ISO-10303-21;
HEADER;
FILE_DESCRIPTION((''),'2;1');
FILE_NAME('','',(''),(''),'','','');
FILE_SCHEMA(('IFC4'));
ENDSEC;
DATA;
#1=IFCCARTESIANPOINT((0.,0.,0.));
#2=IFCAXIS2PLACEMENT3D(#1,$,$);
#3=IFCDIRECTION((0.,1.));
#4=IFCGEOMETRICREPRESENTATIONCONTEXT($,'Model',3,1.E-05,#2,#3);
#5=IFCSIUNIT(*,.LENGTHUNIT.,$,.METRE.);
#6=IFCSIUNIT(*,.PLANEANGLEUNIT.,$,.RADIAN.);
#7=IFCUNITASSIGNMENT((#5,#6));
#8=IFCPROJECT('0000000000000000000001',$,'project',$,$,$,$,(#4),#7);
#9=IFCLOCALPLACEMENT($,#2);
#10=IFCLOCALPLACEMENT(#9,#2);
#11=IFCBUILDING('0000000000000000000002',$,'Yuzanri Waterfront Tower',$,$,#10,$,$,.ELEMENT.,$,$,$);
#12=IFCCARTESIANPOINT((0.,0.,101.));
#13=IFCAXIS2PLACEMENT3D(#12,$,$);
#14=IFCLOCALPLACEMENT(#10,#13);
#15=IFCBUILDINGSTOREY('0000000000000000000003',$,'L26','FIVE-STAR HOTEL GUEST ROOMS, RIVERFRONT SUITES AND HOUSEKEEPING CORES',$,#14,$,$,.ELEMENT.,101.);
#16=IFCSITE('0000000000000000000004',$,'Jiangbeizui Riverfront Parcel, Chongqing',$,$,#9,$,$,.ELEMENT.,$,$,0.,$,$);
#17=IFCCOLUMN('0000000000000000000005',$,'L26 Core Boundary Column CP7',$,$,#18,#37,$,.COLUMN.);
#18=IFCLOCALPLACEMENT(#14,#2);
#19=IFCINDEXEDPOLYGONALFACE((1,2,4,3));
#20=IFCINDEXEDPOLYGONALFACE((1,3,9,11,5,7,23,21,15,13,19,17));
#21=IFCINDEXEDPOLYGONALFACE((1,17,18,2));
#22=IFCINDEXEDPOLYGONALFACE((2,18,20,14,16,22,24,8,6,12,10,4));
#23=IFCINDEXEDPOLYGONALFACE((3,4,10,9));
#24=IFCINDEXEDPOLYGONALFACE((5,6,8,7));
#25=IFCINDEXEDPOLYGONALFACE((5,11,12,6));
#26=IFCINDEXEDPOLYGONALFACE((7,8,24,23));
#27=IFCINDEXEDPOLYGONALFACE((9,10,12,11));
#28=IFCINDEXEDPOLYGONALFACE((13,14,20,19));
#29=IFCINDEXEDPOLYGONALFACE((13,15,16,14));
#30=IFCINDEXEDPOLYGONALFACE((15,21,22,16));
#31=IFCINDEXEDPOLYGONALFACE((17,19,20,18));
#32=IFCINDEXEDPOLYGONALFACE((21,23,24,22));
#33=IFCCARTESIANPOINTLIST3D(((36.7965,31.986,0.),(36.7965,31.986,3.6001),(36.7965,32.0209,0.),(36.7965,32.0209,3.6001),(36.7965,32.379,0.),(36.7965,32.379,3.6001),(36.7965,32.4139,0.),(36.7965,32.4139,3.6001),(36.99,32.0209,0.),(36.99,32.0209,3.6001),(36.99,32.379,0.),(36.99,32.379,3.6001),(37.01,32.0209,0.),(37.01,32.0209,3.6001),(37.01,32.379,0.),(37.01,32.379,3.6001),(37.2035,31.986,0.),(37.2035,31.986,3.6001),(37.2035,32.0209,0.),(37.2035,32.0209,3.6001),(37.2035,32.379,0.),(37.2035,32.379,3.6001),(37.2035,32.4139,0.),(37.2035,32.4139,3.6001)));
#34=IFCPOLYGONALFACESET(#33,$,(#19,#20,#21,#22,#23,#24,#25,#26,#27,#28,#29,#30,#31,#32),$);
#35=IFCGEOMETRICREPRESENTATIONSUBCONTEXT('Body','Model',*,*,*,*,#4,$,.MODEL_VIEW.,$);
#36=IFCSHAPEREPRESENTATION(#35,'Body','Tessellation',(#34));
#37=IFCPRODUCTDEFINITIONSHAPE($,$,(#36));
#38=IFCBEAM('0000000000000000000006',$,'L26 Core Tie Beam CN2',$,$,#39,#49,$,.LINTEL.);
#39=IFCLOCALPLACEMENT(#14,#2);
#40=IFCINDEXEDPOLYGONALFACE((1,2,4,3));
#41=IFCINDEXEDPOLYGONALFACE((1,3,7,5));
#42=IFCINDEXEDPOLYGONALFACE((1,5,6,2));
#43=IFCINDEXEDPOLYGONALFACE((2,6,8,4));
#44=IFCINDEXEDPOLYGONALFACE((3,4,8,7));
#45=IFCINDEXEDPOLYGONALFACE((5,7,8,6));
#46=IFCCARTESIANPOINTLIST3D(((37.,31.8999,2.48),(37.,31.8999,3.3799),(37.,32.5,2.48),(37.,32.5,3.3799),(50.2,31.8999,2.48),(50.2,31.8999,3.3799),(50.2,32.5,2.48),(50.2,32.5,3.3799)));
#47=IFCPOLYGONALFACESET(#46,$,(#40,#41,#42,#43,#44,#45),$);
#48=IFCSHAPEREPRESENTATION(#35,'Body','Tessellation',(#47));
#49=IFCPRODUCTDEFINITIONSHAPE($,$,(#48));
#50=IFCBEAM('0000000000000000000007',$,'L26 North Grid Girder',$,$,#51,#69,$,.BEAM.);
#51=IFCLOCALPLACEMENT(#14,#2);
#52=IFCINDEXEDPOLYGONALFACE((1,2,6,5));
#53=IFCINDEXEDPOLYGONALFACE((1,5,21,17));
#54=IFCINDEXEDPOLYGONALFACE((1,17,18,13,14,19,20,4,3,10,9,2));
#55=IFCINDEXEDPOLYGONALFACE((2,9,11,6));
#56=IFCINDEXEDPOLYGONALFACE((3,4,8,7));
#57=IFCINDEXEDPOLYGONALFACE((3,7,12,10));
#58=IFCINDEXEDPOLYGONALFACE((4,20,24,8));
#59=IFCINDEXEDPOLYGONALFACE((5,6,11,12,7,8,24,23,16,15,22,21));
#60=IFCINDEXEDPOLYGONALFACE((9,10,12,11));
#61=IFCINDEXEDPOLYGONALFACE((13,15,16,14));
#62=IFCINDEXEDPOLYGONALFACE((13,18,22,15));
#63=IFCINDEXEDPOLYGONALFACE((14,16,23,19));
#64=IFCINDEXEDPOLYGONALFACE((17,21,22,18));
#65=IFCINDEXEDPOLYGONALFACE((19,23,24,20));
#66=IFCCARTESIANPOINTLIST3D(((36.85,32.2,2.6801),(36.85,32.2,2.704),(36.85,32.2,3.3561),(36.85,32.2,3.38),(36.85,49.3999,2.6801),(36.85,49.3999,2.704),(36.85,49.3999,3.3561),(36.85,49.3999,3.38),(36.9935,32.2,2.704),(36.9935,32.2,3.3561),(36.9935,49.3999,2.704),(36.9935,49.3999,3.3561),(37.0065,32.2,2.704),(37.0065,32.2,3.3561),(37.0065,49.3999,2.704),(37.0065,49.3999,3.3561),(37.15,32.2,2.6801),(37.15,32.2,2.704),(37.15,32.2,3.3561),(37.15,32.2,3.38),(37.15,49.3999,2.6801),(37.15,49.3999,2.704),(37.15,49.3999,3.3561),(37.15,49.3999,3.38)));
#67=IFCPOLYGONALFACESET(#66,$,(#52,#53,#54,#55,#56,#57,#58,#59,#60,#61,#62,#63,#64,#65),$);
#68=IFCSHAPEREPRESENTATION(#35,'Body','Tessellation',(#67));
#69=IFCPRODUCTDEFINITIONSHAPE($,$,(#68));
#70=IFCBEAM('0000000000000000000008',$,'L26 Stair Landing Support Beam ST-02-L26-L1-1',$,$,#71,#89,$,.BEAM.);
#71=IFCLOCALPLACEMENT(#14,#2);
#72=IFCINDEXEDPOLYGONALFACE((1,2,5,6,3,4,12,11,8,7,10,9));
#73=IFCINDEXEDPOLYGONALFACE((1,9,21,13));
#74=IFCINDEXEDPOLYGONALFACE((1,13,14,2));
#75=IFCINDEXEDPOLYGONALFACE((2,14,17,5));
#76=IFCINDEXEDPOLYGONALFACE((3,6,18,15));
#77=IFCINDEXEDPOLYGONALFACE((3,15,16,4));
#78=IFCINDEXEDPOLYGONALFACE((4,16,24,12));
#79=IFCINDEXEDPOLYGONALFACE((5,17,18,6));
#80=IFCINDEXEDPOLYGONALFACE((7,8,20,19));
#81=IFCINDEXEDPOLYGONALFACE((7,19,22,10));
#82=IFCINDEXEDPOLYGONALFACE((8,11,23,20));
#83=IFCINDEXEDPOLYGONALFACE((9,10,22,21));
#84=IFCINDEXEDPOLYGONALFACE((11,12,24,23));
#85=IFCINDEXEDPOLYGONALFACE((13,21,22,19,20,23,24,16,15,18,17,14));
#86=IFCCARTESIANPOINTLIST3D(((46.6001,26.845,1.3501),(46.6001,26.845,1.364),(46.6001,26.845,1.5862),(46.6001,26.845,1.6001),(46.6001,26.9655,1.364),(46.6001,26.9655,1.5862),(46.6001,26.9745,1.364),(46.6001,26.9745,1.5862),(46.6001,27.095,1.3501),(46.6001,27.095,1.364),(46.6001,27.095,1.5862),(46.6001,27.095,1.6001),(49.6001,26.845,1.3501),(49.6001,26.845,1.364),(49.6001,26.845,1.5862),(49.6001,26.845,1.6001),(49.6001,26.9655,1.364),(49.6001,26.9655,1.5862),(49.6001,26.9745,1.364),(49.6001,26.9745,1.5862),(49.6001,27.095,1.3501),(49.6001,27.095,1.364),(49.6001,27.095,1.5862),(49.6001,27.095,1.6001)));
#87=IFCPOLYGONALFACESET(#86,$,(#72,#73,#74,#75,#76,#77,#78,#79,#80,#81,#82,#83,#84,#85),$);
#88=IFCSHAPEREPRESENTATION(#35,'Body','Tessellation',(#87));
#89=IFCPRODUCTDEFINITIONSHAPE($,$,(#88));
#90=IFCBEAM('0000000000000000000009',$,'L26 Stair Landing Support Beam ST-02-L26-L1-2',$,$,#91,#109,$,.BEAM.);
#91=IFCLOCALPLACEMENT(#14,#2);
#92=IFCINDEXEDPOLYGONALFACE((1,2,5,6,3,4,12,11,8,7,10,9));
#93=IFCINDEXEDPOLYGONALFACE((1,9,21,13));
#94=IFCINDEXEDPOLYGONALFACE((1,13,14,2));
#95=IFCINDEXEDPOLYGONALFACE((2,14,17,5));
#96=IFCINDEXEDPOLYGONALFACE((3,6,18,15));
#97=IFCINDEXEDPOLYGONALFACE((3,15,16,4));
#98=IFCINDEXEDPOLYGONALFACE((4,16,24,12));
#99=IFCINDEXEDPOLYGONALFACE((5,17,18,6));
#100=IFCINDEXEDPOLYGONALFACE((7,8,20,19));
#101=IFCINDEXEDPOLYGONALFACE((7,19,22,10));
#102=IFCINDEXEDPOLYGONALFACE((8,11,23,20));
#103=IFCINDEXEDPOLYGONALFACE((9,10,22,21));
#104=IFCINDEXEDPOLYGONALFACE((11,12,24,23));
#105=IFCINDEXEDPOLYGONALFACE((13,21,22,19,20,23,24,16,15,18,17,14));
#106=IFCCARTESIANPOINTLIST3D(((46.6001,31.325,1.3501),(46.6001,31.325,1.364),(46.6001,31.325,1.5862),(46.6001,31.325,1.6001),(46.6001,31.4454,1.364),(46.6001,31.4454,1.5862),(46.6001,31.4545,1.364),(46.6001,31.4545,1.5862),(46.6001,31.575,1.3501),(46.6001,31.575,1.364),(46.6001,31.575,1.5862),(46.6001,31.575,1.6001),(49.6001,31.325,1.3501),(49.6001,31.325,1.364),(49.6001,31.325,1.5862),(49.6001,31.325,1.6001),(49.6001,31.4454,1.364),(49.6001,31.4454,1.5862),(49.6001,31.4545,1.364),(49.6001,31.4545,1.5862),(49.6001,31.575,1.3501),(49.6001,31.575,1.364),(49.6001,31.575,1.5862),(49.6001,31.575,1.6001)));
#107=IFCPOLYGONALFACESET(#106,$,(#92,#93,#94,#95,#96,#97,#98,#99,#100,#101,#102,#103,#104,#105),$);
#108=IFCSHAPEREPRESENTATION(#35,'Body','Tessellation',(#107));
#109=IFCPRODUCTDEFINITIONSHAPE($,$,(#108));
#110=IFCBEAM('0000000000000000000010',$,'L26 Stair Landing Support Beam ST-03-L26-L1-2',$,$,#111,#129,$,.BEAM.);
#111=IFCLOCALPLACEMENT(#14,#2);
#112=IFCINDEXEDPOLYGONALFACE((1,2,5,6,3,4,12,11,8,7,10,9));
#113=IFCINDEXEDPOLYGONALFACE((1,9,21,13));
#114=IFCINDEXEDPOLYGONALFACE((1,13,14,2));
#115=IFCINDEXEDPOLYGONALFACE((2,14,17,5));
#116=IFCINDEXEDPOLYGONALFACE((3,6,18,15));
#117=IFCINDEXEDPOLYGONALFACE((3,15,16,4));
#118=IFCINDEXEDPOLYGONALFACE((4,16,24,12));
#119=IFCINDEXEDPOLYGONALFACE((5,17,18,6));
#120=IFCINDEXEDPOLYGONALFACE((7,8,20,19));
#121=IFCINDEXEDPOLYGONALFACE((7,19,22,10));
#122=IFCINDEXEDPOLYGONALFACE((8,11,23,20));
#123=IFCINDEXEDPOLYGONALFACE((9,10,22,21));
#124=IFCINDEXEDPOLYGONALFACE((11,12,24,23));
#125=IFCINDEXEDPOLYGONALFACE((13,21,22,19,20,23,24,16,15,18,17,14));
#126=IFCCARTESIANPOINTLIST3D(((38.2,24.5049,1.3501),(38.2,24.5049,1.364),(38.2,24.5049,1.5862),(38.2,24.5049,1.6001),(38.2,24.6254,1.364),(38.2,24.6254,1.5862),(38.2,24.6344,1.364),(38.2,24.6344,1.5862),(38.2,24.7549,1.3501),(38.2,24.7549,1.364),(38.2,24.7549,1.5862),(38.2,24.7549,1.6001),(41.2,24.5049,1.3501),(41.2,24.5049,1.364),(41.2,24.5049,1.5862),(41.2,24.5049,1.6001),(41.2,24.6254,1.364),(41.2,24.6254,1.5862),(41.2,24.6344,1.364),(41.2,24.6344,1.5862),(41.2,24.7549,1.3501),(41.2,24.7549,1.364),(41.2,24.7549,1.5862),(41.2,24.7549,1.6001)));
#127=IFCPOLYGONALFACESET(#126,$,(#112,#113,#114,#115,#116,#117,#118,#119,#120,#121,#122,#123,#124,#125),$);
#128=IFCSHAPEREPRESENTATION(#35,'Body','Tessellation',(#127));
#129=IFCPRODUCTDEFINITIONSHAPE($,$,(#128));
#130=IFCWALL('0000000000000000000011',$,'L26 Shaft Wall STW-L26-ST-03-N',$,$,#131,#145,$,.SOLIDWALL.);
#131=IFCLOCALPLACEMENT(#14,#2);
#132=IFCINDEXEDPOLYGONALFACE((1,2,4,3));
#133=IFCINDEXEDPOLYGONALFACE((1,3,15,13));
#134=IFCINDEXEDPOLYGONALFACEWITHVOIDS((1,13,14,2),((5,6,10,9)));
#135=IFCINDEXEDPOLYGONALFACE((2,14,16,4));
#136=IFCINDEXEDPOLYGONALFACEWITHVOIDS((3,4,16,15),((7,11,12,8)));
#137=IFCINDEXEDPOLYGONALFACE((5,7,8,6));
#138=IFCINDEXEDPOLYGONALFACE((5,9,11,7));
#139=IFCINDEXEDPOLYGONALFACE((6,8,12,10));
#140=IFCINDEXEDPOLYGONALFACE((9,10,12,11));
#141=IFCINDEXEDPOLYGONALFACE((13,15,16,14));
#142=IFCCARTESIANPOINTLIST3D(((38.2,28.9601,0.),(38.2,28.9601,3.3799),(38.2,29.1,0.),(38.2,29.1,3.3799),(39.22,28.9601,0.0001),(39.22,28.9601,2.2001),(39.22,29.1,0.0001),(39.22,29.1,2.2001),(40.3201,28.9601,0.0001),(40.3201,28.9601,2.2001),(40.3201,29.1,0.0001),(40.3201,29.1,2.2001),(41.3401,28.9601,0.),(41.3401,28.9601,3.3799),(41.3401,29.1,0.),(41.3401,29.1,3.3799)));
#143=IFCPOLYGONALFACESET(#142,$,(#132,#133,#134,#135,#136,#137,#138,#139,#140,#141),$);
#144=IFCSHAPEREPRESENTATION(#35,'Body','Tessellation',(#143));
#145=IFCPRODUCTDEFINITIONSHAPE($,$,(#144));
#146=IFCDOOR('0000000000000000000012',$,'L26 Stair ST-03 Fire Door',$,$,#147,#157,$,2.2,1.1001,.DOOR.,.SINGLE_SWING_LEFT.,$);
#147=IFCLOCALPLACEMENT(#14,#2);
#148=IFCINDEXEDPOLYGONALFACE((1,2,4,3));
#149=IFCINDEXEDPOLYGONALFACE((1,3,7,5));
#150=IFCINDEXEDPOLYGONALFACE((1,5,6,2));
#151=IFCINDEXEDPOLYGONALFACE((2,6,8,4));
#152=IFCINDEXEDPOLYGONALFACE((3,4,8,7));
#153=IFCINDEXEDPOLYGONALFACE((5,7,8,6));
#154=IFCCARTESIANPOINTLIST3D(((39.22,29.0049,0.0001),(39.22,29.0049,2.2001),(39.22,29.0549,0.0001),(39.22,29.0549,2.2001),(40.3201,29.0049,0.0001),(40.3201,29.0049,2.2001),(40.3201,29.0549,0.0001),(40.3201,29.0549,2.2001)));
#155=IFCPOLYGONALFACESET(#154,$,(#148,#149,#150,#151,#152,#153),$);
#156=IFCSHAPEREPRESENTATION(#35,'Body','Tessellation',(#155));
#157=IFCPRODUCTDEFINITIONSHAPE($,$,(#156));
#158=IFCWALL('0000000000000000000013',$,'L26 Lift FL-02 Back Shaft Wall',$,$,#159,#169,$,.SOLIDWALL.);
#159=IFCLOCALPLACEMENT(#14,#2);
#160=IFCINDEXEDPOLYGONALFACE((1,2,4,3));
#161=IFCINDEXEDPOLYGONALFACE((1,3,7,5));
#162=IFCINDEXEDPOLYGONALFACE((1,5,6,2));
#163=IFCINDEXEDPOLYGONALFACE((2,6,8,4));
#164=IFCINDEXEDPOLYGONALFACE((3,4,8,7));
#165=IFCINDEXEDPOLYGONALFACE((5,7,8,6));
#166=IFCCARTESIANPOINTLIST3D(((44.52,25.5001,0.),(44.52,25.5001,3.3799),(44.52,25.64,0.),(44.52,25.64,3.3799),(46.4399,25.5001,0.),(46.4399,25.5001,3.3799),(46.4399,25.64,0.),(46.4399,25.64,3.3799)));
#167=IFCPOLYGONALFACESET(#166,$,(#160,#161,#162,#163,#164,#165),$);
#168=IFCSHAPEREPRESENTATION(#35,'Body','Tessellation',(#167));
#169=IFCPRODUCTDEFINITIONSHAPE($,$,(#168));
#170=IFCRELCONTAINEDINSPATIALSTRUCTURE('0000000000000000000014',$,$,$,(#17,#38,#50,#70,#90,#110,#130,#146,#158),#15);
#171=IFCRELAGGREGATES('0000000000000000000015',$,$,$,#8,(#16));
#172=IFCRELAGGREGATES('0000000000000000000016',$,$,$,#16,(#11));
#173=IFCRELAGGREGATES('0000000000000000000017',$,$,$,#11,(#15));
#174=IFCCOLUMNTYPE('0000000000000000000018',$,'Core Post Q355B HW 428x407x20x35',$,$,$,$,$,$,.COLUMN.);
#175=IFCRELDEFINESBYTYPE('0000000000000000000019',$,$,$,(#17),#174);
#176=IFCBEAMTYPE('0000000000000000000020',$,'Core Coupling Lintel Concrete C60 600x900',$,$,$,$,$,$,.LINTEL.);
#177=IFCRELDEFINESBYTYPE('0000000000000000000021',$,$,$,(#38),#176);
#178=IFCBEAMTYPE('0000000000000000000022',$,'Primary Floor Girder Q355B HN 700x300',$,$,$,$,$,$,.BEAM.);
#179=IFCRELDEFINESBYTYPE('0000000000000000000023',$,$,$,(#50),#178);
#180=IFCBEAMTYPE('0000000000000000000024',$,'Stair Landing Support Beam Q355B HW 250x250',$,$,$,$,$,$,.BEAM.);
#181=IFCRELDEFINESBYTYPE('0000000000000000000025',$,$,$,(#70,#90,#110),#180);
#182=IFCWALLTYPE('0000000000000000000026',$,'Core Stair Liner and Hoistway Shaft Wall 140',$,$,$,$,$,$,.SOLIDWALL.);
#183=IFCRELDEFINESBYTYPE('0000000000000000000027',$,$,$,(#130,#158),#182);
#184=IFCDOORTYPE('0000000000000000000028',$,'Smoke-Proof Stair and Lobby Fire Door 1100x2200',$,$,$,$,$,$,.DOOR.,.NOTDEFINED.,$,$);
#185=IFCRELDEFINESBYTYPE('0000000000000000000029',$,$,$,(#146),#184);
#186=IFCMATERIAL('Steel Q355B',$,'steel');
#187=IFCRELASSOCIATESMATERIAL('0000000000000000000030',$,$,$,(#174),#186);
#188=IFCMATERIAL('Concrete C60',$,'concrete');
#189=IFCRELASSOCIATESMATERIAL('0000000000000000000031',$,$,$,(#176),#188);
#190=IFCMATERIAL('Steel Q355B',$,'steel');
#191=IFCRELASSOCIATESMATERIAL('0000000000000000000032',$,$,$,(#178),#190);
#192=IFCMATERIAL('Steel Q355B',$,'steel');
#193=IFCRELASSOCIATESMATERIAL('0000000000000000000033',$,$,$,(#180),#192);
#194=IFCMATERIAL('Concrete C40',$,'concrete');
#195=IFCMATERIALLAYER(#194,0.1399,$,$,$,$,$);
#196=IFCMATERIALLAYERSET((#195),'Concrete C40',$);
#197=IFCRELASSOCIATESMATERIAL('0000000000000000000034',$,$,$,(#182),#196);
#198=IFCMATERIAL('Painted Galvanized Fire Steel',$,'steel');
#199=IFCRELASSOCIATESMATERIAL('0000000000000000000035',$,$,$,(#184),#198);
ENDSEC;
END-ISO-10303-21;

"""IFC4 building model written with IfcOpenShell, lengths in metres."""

from ifc_helpers import new_model, si_unit, direction, frame, frame_2d, origin, origin_2d, place, context, subcontext, project, spatial, rectangle, i_section, extrude, source, transform, mapped, material, layer, layer_set, material_profile, profile_set, type_object, element, fill, save


model = new_model("IFC4")

# Units and contexts
model_context = context("Model", 3, precision=1e-05, world=origin(), true_north=direction((0.0, 1.0)))
body_context = subcontext(model_context, "Body", "Model", "MODEL_VIEW")
ifc_project = project(units=[si_unit("LENGTHUNIT", "METRE"), si_unit("PLANEANGLEUNIT", "RADIAN")], contexts=[model_context])

# Site, building, storey
site_placement = place(None, origin())
site = spatial("IfcSite", under=ifc_project, at=site_placement, Name="Jiangbeizui Riverfront Parcel, Chongqing", CompositionType="ELEMENT", RefElevation=0.0)
building_placement = place(site_placement, origin())
building = spatial("IfcBuilding", under=site, at=building_placement, Name="Yuzanri Waterfront Tower", CompositionType="ELEMENT")
storey_placement = place(building_placement, frame((0.0, 0.0, 101.0)))
storey = spatial("IfcBuildingStorey", under=building, at=storey_placement, Name="L26", Description="FIVE-STAR HOTEL GUEST ROOMS, RIVERFRONT SUITES AND HOUSEKEEPING CORES", CompositionType="ELEMENT", Elevation=101.0)

# Column
ifc_material_1 = material(Name="Steel Q355B", Category="steel")
ifc_material_profile_1 = material_profile(ifc_material_1, i_section(OverallWidth=0.407, OverallDepth=0.428, WebThickness=0.02, FlangeThickness=0.0349, at=origin_2d()), Name="HW 428x407x20x35")
ifc_profile_set_1 = profile_set([ifc_material_profile_1], Name="Steel Q355B")
column_type = type_object("IfcColumnType", Name="Core Post Q355B HW 428x407x20x35", PredefinedType="COLUMN", material=ifc_profile_set_1)
shared_shape_1 = source(origin(), body_context, "Body", "SweptSolid", [
    extrude(i_section(OverallWidth=0.407, OverallDepth=0.428, WebThickness=0.02, FlangeThickness=0.0349, at=origin_2d()), origin(), (0.0, 0.0, 1.0), 3.6001),
])
column_placement = place(storey_placement, frame((37.0, 32.2, 0.0), z_axis=(0.0, 0.0, 1.0), x_axis=(1.0, 0.0, 0.0)))
element("IfcColumn", 1, at=column_placement, inside=storey, type_object=column_type, Name="L26 Core Boundary Column CP7", PredefinedType="COLUMN", context=body_context, shape_type="MappedRepresentation", body=[
    mapped(shared_shape_1, transform((0.0, 0.0, 0.0), scale=1.0)),
])

# Beams
ifc_material_2 = material(Name="Concrete C60", Category="concrete")
ifc_material_profile_2 = material_profile(ifc_material_2, rectangle(XDim=0.6001, YDim=0.8999, at=origin_2d()), Name="RC 600x900")
ifc_profile_set_2 = profile_set([ifc_material_profile_2], Name="Concrete C60")
beam_type_1 = type_object("IfcBeamType", Name="Core Coupling Lintel Concrete C60 600x900", PredefinedType="LINTEL", material=ifc_profile_set_2)
shared_shape_2 = source(origin(), body_context, "Body", "SweptSolid", [
    extrude(rectangle(XDim=0.6001, YDim=0.8999, at=origin_2d()), origin(), (0.0, 0.0, 1.0), 13.2),
])
beam_1_placement = place(storey_placement, frame((37.0, 32.2, 2.9299), z_axis=(1.0, 0.0, 0.0), x_axis=(0.0, 1.0, 0.0)))
element("IfcBeam", 2, at=beam_1_placement, inside=storey, type_object=beam_type_1, Name="L26 Core Tie Beam CN2", PredefinedType="LINTEL", context=body_context, shape_type="MappedRepresentation", body=[
    mapped(shared_shape_2, transform((0.0, 0.0, 0.0), scale=1.0)),
])
ifc_material_3 = material(Name="Steel Q355B", Category="steel")
ifc_material_profile_3 = material_profile(ifc_material_3, i_section(OverallWidth=0.3, OverallDepth=0.7, WebThickness=0.0129, FlangeThickness=0.0239, at=origin_2d()), Name="HN 700x300x13x24")
ifc_profile_set_3 = profile_set([ifc_material_profile_3], Name="Steel Q355B")
beam_type_2 = type_object("IfcBeamType", Name="Primary Floor Girder Q355B HN 700x300", PredefinedType="BEAM", material=ifc_profile_set_3)
shared_shape_3 = source(origin(), body_context, "Body", "SweptSolid", [
    extrude(i_section(OverallWidth=0.3, OverallDepth=0.7, WebThickness=0.0129, FlangeThickness=0.0239, at=origin_2d()), origin(), (0.0, 0.0, 1.0), 17.2),
])
beam_2_placement = place(storey_placement, frame((37.0, 32.2, 3.03), z_axis=(0.0, 1.0, 0.0), x_axis=(-1.0, 0.0, 0.0)))
element("IfcBeam", 3, at=beam_2_placement, inside=storey, type_object=beam_type_2, Name="L26 North Grid Girder", PredefinedType="BEAM", context=body_context, shape_type="MappedRepresentation", body=[
    mapped(shared_shape_3, transform((0.0, 0.0, 0.0), scale=1.0)),
])
ifc_material_4 = material(Name="Steel Q355B", Category="steel")
ifc_material_profile_4 = material_profile(ifc_material_4, i_section(OverallWidth=0.25, OverallDepth=0.25, WebThickness=0.009, FlangeThickness=0.0139, at=origin_2d()), Name="HW 250x250x9x14")
ifc_profile_set_4 = profile_set([ifc_material_profile_4], Name="Steel Q355B")
beam_type_3 = type_object("IfcBeamType", Name="Stair Landing Support Beam Q355B HW 250x250", PredefinedType="BEAM", material=ifc_profile_set_4)
shared_shape_4 = source(origin(), body_context, "Body", "SweptSolid", [
    extrude(i_section(OverallWidth=0.25, OverallDepth=0.25, WebThickness=0.009, FlangeThickness=0.0139, at=origin_2d()), origin(), (0.0, 0.0, 1.0), 3.0),
])
for number, where, z_axis, x_axis, name in (
    (4, (46.6001, 26.97, 1.4751), (1.0, 0.0, 0.0), (0.0, 1.0, 0.0), "L26 Stair Landing Support Beam ST-02-L26-L1-1"),
    (5, (46.6001, 31.45, 1.4751), (1.0, 0.0, 0.0), (0.0, 1.0, 0.0), "L26 Stair Landing Support Beam ST-02-L26-L1-2"),
    (6, (38.2, 24.6299, 1.4751), (1.0, 0.0, 0.0), (0.0, 1.0, 0.0), "L26 Stair Landing Support Beam ST-03-L26-L1-2"),
):
    element("IfcBeam", number, at=place(storey_placement, frame(where, z_axis=z_axis, x_axis=x_axis)), inside=storey, type_object=beam_type_3, Name=name, PredefinedType="BEAM", context=body_context, shape_type="MappedRepresentation", body=[
        mapped(shared_shape_4, transform((0.0, 0.0, 0.0), scale=1.0)),
    ])

# Wall, opening, door
ifc_material_5 = material(Name="Concrete C40", Category="concrete")
ifc_layer_1 = layer(ifc_material_5, 0.1399)
ifc_layer_set_1 = layer_set([ifc_layer_1], Name="Concrete C40")
wall_type = type_object("IfcWallType", Name="Core Stair Liner and Hoistway Shaft Wall 140", PredefinedType="SOLIDWALL", material=ifc_layer_set_1)
wall_1_placement = place(storey_placement, frame((38.2, 29.03, 0.0), z_axis=(0.0, 0.0, 1.0), x_axis=(1.0, 0.0, 0.0)))
wall_1 = element("IfcWall", 7, at=wall_1_placement, inside=storey, type_object=wall_type, Name="L26 Shaft Wall STW-L26-ST-03-N", PredefinedType="SOLIDWALL", context=body_context, shape_type="SweptSolid", body=[
    extrude(rectangle(XDim=3.1401, YDim=0.1399, at=frame_2d((1.5701, 0.0))), origin(), (0.0, 0.0, 1.0), 3.3799),
])
opening_placement = place(wall_1_placement, frame((1.02, 0.0, 0.0)))
opening = element("IfcOpeningElement", 8, at=opening_placement, cuts=wall_1, PredefinedType="OPENING", context=body_context, shape_type="SweptSolid", body=[
    extrude(rectangle(XDim=1.1001, YDim=2.2, at=frame_2d((0.55, 1.1001))), frame((0.0, 0.085, 0.0), z_axis=(0.0, -1.0, 0.0), x_axis=(1.0, 0.0, 0.0)), (0.0, 0.0, 1.0), 0.1697),
])
ifc_material_6 = material(Name="Painted Galvanized Fire Steel", Category="steel")
door_type = type_object("IfcDoorType", Name="Smoke-Proof Stair and Lobby Fire Door 1100x2200", OperationType="NOTDEFINED", PredefinedType="DOOR", material=ifc_material_6)
shared_shape_5 = source(origin(), body_context, "Body", "SweptSolid", [
    extrude(rectangle(XDim=1.1001, YDim=2.2, at=frame_2d((0.55, 1.1001))), frame((0.0, 0.0249, 0.0), z_axis=(0.0, -1.0, 0.0), x_axis=(1.0, 0.0, 0.0)), (0.0, 0.0, 1.0), 0.05),
])
door_placement = place(opening_placement, origin())
door = element("IfcDoor", 9, at=door_placement, inside=storey, type_object=door_type, Name="L26 Stair ST-03 Fire Door", OperationType="SINGLE_SWING_LEFT", OverallHeight=2.2, OverallWidth=1.1001, PredefinedType="DOOR", context=body_context, shape_type="MappedRepresentation", body=[
    mapped(shared_shape_5, transform((0.0, 0.0, 0.0), scale=1.0)),
])
fill(opening, door)

# Wall
shared_shape_6 = source(origin(), body_context, "Body", "SweptSolid", [
    extrude(rectangle(XDim=1.9199, YDim=0.1399, at=frame_2d((0.96, 0.0))), origin(), (0.0, 0.0, 1.0), 3.3799),
])
wall_2_placement = place(storey_placement, frame((44.52, 25.5701, 0.0), z_axis=(0.0, 0.0, 1.0), x_axis=(1.0, 0.0, 0.0)))
element("IfcWall", 10, at=wall_2_placement, inside=storey, type_object=wall_type, Name="L26 Lift FL-02 Back Shaft Wall", PredefinedType="SOLIDWALL", context=body_context, shape_type="MappedRepresentation", body=[
    mapped(shared_shape_6, transform((0.0, 0.0, 0.0), scale=1.0)),
])

save(model, "model.ifc")
